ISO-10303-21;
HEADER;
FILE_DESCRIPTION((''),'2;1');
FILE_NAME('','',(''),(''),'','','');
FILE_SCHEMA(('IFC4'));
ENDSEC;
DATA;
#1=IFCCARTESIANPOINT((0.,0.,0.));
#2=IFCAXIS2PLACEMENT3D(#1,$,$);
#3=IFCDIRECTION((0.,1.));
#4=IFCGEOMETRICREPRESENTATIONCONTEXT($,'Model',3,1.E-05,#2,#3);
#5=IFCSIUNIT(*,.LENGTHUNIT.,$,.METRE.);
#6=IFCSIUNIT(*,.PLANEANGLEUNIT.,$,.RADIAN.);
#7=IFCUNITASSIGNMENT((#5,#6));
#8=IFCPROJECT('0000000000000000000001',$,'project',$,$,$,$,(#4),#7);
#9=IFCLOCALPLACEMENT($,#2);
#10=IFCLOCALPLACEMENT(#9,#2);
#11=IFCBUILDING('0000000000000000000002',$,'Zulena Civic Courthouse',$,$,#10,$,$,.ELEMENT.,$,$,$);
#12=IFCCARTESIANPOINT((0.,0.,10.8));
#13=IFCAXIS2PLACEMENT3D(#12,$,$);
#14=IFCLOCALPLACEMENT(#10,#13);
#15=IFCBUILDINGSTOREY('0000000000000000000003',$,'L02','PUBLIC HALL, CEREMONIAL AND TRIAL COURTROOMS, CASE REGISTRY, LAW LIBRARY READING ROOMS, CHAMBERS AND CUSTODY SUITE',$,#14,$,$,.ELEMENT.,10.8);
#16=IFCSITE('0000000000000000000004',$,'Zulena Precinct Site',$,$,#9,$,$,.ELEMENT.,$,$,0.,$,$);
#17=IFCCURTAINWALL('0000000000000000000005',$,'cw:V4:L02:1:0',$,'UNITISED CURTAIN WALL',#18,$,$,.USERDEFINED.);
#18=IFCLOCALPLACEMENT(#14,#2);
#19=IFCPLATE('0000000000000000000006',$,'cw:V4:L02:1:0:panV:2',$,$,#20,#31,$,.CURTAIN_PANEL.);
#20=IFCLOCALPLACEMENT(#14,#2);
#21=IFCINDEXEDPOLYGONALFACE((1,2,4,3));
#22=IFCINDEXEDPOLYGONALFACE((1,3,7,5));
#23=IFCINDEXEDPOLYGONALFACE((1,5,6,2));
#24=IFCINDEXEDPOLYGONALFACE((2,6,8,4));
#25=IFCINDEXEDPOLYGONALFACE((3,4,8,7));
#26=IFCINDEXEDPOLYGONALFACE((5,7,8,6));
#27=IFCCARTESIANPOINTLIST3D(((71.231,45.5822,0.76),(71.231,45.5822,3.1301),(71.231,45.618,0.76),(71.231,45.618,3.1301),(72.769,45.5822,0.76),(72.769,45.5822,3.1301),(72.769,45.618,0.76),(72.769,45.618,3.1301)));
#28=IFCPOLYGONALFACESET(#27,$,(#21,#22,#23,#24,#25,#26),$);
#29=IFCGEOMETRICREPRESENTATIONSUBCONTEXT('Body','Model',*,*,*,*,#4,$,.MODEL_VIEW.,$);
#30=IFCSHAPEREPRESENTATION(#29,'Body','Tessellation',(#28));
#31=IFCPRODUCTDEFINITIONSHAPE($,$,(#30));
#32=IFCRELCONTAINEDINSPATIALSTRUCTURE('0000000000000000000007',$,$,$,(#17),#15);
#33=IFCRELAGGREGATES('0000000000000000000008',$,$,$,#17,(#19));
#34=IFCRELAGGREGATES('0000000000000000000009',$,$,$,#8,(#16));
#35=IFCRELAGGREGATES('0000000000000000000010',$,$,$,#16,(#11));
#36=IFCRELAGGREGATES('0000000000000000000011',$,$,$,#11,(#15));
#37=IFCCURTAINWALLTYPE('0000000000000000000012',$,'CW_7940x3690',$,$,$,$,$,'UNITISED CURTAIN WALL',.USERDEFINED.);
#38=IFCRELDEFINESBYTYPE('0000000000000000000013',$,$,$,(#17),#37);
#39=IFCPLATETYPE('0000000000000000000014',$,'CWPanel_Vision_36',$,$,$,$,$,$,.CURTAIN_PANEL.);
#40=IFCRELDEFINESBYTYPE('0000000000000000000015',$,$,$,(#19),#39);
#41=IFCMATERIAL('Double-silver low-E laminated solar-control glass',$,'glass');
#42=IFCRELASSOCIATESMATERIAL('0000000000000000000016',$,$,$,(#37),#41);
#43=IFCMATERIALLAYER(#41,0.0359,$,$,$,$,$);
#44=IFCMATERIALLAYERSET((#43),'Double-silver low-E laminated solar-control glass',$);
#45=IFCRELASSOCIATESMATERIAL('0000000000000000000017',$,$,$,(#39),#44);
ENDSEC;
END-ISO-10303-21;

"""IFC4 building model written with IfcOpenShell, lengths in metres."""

from ifc_helpers import new_model, si_unit, direction, frame, origin, origin_2d, place, context, subcontext, project, spatial, rectangle, extrude, material, layer, layer_set, type_object, element, aggregate, save


model = new_model("IFC4")

# Units and contexts
model_context = context("Model", 3, precision=1e-05, world=origin(), true_north=direction((0.0, 1.0)))
body_context = subcontext(model_context, "Body", "Model", "MODEL_VIEW")
ifc_project = project(units=[si_unit("LENGTHUNIT", "METRE"), si_unit("PLANEANGLEUNIT", "RADIAN")], contexts=[model_context])

# Site, building, storey
site_placement = place(None, origin())
site = spatial("IfcSite", under=ifc_project, at=site_placement, Name="Zulena Precinct Site", CompositionType="ELEMENT", RefElevation=0.0)
building_placement = place(site_placement, origin())
building = spatial("IfcBuilding", under=site, at=building_placement, Name="Zulena Civic Courthouse", CompositionType="ELEMENT")
storey_placement = place(building_placement, frame((0.0, 0.0, 10.8)))
storey = spatial("IfcBuildingStorey", under=building, at=storey_placement, Name="L02", Description="PUBLIC HALL, CEREMONIAL AND TRIAL COURTROOMS, CASE REGISTRY, LAW LIBRARY READING ROOMS, CHAMBERS AND CUSTODY SUITE", CompositionType="ELEMENT", Elevation=10.8)

# Curtain wall
ifc_material_1 = material(Name="Double-silver low-E laminated solar-control glass", Category="glass")
curtain_wall_type_1 = type_object("IfcCurtainWallType", Name="CW_7940x3690", ElementType="UNITISED CURTAIN WALL", PredefinedType="USERDEFINED", material=ifc_material_1)
curtain_wall_1_placement = place(storey_placement, origin())
curtain_wall_1 = element("IfcCurtainWall", 1, at=curtain_wall_1_placement, inside=storey, type_object=curtain_wall_type_1, Name="cw:V4:L02:1:0", ObjectType="UNITISED CURTAIN WALL", PredefinedType="USERDEFINED")

# Plate
ifc_layer_1 = layer(ifc_material_1, 0.0359)
ifc_layer_set_1 = layer_set([ifc_layer_1], Name="Double-silver low-E laminated solar-control glass")
plate_type_1 = type_object("IfcPlateType", Name="CWPanel_Vision_36", PredefinedType="CURTAIN_PANEL", material=ifc_layer_set_1)
plate_1_placement = place(storey_placement, frame((72.0, 45.6001, 0.76), z_axis=(0.0, 0.0, 1.0), x_axis=(1.0, 0.0, 0.0)))
plate_1 = element("IfcPlate", 2, at=plate_1_placement, type_object=plate_type_1, Name="cw:V4:L02:1:0:panV:2", PredefinedType="CURTAIN_PANEL", context=body_context, shape_type="SweptSolid", body=[
    extrude(rectangle(XDim=1.5381, YDim=0.0359, at=origin_2d()), origin(), (0.0, 0.0, 1.0), 2.3701),
])
aggregate(curtain_wall_1, [plate_1])

save(model, "model.ifc")
